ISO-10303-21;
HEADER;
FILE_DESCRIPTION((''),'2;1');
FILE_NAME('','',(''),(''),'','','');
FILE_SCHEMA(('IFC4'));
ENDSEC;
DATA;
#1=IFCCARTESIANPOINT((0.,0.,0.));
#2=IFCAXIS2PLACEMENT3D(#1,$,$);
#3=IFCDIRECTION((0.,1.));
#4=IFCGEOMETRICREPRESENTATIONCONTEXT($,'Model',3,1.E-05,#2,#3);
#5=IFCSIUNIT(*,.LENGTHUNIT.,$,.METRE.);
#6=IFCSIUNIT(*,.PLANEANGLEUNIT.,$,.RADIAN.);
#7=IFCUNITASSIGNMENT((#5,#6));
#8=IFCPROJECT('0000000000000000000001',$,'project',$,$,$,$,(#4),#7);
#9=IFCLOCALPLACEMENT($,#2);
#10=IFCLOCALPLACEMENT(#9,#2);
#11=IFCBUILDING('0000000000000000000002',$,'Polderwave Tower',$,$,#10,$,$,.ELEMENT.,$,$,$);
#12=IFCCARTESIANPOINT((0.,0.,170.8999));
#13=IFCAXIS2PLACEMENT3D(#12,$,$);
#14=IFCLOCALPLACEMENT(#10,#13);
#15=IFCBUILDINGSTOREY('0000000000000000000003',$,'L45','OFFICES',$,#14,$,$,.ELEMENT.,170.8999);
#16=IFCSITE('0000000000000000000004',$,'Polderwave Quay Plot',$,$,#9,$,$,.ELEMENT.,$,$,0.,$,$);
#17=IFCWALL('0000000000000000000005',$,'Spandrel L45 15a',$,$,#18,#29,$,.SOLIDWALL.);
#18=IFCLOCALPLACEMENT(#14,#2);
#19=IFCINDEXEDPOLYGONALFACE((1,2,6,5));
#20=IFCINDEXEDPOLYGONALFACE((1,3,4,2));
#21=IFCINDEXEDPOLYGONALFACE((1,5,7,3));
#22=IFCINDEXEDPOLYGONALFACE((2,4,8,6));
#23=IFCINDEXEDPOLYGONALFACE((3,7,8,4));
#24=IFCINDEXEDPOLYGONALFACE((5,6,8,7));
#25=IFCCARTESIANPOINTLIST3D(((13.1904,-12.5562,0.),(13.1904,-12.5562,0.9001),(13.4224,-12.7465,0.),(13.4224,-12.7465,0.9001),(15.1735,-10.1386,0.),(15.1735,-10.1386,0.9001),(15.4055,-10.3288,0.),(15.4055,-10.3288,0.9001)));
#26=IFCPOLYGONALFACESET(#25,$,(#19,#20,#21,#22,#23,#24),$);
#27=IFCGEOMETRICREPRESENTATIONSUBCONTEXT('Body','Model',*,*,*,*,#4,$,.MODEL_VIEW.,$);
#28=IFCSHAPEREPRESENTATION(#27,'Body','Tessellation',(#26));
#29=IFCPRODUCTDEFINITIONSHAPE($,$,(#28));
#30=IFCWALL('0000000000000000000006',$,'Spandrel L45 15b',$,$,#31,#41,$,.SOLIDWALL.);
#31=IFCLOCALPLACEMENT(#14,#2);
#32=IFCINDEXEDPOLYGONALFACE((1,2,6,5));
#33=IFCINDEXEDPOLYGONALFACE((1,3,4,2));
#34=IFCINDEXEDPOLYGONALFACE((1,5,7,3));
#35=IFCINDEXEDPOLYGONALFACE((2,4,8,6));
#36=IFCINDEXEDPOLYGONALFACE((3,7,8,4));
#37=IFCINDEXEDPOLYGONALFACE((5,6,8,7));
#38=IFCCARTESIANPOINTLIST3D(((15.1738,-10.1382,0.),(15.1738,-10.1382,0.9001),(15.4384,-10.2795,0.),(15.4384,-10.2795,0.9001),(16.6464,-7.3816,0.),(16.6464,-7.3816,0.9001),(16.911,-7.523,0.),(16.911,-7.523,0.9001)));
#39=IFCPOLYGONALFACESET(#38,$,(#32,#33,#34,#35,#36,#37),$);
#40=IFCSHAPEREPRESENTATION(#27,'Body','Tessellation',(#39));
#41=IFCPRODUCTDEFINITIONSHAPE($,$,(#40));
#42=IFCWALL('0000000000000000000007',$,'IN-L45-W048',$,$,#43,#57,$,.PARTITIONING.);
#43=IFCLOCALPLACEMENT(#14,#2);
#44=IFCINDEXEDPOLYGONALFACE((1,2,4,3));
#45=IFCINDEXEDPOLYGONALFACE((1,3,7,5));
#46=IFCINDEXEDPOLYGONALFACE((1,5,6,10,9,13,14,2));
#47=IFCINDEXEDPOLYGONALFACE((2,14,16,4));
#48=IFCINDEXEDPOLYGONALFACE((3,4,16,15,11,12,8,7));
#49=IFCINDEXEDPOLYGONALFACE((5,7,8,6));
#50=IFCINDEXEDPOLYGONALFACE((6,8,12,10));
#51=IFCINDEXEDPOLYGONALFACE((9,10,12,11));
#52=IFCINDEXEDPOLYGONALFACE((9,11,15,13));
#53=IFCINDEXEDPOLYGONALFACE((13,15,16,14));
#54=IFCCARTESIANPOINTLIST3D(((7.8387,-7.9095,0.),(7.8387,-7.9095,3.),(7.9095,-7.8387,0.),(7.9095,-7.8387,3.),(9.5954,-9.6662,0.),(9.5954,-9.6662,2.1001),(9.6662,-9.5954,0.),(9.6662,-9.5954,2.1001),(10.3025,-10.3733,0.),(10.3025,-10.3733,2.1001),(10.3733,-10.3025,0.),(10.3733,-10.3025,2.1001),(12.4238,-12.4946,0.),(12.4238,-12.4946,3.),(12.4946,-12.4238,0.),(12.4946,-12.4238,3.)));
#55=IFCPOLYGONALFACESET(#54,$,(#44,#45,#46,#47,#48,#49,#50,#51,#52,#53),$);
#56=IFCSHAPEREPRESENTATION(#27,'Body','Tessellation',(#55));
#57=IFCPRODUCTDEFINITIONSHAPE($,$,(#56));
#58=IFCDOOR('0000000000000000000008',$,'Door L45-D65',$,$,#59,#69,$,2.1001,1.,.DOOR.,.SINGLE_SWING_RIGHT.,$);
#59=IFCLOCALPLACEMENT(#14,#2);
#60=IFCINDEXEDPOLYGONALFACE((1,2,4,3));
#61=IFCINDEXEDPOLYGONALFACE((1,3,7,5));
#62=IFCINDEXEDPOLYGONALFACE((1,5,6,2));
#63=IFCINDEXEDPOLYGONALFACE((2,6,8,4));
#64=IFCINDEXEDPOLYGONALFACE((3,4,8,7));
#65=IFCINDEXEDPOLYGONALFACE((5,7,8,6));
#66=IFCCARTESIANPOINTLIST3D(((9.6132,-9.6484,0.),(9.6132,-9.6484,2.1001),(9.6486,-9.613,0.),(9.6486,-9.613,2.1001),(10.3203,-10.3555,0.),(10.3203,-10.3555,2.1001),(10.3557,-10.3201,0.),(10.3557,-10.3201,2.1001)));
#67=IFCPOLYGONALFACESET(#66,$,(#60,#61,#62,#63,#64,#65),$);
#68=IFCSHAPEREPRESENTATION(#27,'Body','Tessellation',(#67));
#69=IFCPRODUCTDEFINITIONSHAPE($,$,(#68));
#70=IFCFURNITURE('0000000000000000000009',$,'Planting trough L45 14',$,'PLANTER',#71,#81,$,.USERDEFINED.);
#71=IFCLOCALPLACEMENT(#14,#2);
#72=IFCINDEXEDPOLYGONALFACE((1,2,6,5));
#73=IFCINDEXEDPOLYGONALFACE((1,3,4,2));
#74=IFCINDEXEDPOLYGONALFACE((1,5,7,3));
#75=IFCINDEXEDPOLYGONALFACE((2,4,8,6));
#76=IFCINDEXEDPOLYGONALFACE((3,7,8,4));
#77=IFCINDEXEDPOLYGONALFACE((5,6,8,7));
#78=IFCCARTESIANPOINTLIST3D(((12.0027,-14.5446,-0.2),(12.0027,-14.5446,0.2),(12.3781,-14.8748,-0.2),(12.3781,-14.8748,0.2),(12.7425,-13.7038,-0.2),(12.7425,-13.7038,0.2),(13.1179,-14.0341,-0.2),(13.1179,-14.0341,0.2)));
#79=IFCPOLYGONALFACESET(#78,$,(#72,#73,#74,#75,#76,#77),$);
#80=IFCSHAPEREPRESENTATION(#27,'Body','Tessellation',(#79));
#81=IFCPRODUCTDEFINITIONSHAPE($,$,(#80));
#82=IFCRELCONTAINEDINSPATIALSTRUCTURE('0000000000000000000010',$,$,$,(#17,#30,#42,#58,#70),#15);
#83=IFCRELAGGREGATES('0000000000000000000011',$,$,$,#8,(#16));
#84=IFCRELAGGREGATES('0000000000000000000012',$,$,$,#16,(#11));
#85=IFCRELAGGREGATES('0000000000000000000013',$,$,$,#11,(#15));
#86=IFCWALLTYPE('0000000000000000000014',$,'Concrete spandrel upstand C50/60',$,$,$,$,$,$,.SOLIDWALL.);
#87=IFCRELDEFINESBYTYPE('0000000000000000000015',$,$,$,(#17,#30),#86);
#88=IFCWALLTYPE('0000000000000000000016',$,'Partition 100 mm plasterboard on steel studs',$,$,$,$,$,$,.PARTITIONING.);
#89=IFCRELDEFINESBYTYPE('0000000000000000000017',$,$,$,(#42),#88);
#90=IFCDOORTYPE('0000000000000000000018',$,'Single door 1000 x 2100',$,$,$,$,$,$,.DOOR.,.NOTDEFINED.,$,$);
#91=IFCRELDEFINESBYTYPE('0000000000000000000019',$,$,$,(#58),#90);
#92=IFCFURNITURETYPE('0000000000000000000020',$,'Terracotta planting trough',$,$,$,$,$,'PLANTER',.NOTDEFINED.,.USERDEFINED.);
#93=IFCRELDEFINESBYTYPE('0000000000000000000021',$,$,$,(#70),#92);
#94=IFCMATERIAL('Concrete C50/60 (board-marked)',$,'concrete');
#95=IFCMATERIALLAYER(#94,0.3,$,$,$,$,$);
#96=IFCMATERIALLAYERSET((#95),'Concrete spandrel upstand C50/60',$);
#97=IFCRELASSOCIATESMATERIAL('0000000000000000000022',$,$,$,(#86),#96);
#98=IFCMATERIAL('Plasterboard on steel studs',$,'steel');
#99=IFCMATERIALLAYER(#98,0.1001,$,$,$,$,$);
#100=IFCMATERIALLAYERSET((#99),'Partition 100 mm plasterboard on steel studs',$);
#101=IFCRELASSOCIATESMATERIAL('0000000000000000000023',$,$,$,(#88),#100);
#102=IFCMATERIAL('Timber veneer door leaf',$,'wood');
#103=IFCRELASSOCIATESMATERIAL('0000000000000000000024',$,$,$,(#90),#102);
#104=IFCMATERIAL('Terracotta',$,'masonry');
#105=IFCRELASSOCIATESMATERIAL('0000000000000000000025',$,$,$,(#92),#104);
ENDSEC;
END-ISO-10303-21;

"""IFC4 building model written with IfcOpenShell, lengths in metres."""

from ifc_helpers import new_model, si_unit, direction, frame, frame_2d, origin, origin_2d, place, context, subcontext, project, spatial, rectangle, extrude, material, layer, layer_set, type_object, element, fill, save


model = new_model("IFC4")

# Units and contexts
model_context = context("Model", 3, precision=1e-05, world=origin(), true_north=direction((0.0, 1.0)))
body_context = subcontext(model_context, "Body", "Model", "MODEL_VIEW")
ifc_project = project(units=[si_unit("LENGTHUNIT", "METRE"), si_unit("PLANEANGLEUNIT", "RADIAN")], contexts=[model_context])

# Site, building, storey
site_placement = place(None, origin())
site = spatial("IfcSite", under=ifc_project, at=site_placement, Name="Polderwave Quay Plot", CompositionType="ELEMENT", RefElevation=0.0)
building_placement = place(site_placement, origin())
building = spatial("IfcBuilding", under=site, at=building_placement, Name="Polderwave Tower", CompositionType="ELEMENT")
storey_placement = place(building_placement, frame((0.0, 0.0, 170.8999)))
storey = spatial("IfcBuildingStorey", under=building, at=storey_placement, Name="L45", Description="OFFICES", CompositionType="ELEMENT", Elevation=170.8999)

# Walls
ifc_material_1 = material(Name="Concrete C50/60 (board-marked)", Category="concrete")
ifc_layer_1 = layer(ifc_material_1, 0.3)
ifc_layer_set_1 = layer_set([ifc_layer_1], Name="Concrete spandrel upstand C50/60")
wall_type_1 = type_object("IfcWallType", Name="Concrete spandrel upstand C50/60", PredefinedType="SOLIDWALL", material=ifc_layer_set_1)
for number, where, z_axis, x_axis, name in (
    (1, (13.3064, -12.6514, 0.0), (0.0, 0.0, 1.0), (0.634198, 0.773171, 0.0), "Spandrel L45 15a"),
):
    element("IfcWall", number, at=place(storey_placement, frame(where, z_axis=z_axis, x_axis=x_axis)), inside=storey, type_object=wall_type_1, Name=name, PredefinedType="SOLIDWALL", context=body_context, shape_type="SweptSolid", body=[
        extrude(rectangle(XDim=3.127, YDim=0.3, at=frame_2d((1.5635, 0.0))), origin(), (0.0, 0.0, 1.0), 0.9001),
    ])
wall_1_placement = place(storey_placement, frame((15.3062, -10.2087, 0.0), z_axis=(0.0, 0.0, 1.0), x_axis=(0.471204, 0.882024, 0.0)))
element("IfcWall", 2, at=wall_1_placement, inside=storey, type_object=wall_type_1, Name="Spandrel L45 15b", PredefinedType="SOLIDWALL", context=body_context, shape_type="SweptSolid", body=[
    extrude(rectangle(XDim=3.1252, YDim=0.3, at=frame_2d((1.5625, 0.0))), origin(), (0.0, 0.0, 1.0), 0.9001),
])

# Wall, opening, door
ifc_material_2 = material(Name="Plasterboard on steel studs", Category="steel")
ifc_layer_2 = layer(ifc_material_2, 0.1001)
ifc_layer_set_2 = layer_set([ifc_layer_2], Name="Partition 100 mm plasterboard on steel studs")
wall_type_2 = type_object("IfcWallType", Name="Partition 100 mm plasterboard on steel studs", PredefinedType="PARTITIONING", material=ifc_layer_set_2)
wall_2_placement = place(storey_placement, frame((12.4592, -12.4592, 0.0), z_axis=(0.0, 0.0, 1.0), x_axis=(-0.707107, 0.707107, 0.0)))
wall_2 = element("IfcWall", 3, at=wall_2_placement, inside=storey, type_object=wall_type_2, Name="IN-L45-W048", PredefinedType="PARTITIONING", context=body_context, shape_type="SweptSolid", body=[
    extrude(rectangle(XDim=6.4844, YDim=0.1001, at=frame_2d((3.2422, 0.0))), origin(), (0.0, 0.0, 1.0), 3.0),
])
opening_placement = place(wall_2_placement, frame((3.0, 0.0, 0.0)))
opening = element("IfcOpeningElement", 4, at=opening_placement, cuts=wall_2, PredefinedType="OPENING", context=body_context, shape_type="SweptSolid", body=[
    extrude(rectangle(XDim=1.0, YDim=2.1001, at=frame_2d((0.5, 1.05))), frame((0.0, 0.0601, 0.0), z_axis=(0.0, -1.0, 0.0), x_axis=(1.0, 0.0, 0.0)), (0.0, 0.0, 1.0), 0.1201),
])
ifc_material_3 = material(Name="Timber veneer door leaf", Category="wood")
door_type = type_object("IfcDoorType", Name="Single door 1000 x 2100", OperationType="NOTDEFINED", PredefinedType="DOOR", material=ifc_material_3)
door_placement = place(opening_placement, origin())
door = element("IfcDoor", 5, at=door_placement, inside=storey, type_object=door_type, Name="Door L45-D65", OperationType="SINGLE_SWING_RIGHT", OverallHeight=2.1001, OverallWidth=1.0, PredefinedType="DOOR", context=body_context, shape_type="SweptSolid", body=[
    extrude(rectangle(XDim=1.0, YDim=2.1001, at=frame_2d((0.5, 1.05))), frame((0.0, 0.0249, 0.0), z_axis=(0.0, -1.0, 0.0), x_axis=(1.0, 0.0, 0.0)), (0.0, 0.0, 1.0), 0.05),
])
fill(opening, door)

# Furniture
ifc_material_4 = material(Name="Terracotta", Category="masonry")
furniture_type = type_object("IfcFurnitureType", Name="Terracotta planting trough", ElementType="PLANTER", AssemblyPlace="NOTDEFINED", PredefinedType="USERDEFINED", material=ifc_material_4)
furniture_placement = place(storey_placement, frame((12.5603, -14.2893, -0.2), z_axis=(0.0, 0.0, 1.0), x_axis=(0.660563, 0.750771, 0.0)))
element("IfcFurniture", 6, at=furniture_placement, inside=storey, type_object=furniture_type, Name="Planting trough L45 14", ObjectType="PLANTER", PredefinedType="USERDEFINED", context=body_context, shape_type="SweptSolid", body=[
    extrude(rectangle(XDim=1.1199, YDim=0.5, at=origin_2d()), origin(), (0.0, 0.0, 1.0), 0.3999),
])

save(model, "model.ifc")
